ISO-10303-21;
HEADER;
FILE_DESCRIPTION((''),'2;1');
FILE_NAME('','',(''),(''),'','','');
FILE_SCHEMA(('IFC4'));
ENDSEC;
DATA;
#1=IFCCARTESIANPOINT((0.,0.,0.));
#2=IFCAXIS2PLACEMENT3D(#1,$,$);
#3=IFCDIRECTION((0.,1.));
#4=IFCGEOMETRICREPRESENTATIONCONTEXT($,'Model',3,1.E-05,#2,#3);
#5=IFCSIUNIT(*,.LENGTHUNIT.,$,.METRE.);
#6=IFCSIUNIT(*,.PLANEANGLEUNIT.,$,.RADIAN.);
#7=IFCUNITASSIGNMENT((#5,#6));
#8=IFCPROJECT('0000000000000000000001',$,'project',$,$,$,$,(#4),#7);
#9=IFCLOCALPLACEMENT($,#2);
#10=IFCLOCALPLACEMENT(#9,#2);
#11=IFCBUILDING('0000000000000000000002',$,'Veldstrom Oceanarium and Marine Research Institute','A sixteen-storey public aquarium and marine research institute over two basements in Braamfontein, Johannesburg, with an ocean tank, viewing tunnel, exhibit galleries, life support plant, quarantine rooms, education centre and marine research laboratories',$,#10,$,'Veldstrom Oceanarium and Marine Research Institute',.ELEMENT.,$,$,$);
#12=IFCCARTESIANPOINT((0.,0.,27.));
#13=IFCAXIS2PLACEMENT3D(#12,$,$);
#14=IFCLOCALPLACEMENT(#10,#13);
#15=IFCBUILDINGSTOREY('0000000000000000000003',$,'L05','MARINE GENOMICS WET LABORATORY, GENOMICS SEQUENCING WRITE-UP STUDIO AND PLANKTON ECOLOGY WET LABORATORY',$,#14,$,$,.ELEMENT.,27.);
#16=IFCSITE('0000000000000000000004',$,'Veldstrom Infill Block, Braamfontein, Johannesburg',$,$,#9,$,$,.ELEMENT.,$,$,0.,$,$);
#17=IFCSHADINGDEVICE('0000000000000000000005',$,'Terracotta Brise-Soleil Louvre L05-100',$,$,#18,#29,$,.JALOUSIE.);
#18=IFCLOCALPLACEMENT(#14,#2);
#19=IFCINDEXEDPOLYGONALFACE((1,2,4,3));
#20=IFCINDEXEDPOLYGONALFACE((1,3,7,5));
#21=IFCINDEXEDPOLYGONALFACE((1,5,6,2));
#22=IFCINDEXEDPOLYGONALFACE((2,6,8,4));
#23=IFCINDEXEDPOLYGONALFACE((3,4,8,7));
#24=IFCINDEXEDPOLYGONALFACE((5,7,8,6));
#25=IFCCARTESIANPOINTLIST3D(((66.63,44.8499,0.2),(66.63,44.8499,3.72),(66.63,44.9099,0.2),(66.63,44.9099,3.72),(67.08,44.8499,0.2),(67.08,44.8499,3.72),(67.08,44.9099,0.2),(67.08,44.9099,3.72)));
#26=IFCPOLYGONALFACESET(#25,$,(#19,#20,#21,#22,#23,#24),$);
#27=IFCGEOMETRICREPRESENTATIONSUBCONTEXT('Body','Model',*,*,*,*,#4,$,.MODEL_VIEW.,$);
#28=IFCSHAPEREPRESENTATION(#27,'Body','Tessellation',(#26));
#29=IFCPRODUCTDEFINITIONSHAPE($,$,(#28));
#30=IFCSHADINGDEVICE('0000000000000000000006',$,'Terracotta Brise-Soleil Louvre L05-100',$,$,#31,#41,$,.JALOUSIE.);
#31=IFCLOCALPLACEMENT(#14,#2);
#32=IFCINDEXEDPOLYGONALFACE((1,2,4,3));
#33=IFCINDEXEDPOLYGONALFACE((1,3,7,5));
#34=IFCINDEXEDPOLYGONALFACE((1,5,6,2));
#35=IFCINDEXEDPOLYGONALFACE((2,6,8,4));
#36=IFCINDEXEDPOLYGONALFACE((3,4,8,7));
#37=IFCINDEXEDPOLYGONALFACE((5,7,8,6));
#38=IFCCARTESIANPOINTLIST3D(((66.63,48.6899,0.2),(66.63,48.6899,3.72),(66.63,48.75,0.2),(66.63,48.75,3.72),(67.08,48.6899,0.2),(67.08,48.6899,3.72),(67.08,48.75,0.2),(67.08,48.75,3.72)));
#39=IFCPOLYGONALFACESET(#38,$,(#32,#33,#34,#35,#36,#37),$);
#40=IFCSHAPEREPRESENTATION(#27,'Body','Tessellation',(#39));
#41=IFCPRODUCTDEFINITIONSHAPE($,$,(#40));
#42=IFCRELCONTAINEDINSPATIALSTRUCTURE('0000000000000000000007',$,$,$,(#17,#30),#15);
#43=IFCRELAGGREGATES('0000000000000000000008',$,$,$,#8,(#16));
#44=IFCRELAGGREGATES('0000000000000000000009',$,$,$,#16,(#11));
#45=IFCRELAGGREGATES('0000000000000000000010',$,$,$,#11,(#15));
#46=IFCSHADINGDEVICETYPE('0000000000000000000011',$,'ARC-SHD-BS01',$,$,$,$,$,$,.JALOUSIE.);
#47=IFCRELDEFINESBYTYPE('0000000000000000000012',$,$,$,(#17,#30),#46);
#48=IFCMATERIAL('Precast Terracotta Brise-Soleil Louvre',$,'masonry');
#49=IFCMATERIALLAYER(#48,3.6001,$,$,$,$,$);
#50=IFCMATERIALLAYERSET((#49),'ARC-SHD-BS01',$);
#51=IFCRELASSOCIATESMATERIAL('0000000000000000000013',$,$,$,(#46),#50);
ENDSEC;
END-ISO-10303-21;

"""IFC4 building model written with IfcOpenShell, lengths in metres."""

from ifc_helpers import new_model, si_unit, direction, frame, origin, origin_2d, place, context, subcontext, project, spatial, rectangle, extrude, material, layer, layer_set, type_object, element, save


model = new_model("IFC4")

# Units and contexts
model_context = context("Model", 3, precision=1e-05, world=origin(), true_north=direction((0.0, 1.0)))
body_context = subcontext(model_context, "Body", "Model", "MODEL_VIEW")
ifc_project = project(units=[si_unit("LENGTHUNIT", "METRE"), si_unit("PLANEANGLEUNIT", "RADIAN")], contexts=[model_context])

# Site, building, storey
site_placement = place(None, origin())
site = spatial("IfcSite", under=ifc_project, at=site_placement, Name="Veldstrom Infill Block, Braamfontein, Johannesburg", CompositionType="ELEMENT", RefElevation=0.0)
building_placement = place(site_placement, origin())
building = spatial("IfcBuilding", under=site, at=building_placement, Name="Veldstrom Oceanarium and Marine Research Institute", Description="A sixteen-storey public aquarium and marine research institute over two basements in Braamfontein, Johannesburg, with an ocean tank, viewing tunnel, exhibit galleries, life support plant, quarantine rooms, education centre and marine research laboratories", LongName="Veldstrom Oceanarium and Marine Research Institute", CompositionType="ELEMENT")
storey_placement = place(building_placement, frame((0.0, 0.0, 27.0)))
storey = spatial("IfcBuildingStorey", under=building, at=storey_placement, Name="L05", Description="MARINE GENOMICS WET LABORATORY, GENOMICS SEQUENCING WRITE-UP STUDIO AND PLANKTON ECOLOGY WET LABORATORY", CompositionType="ELEMENT", Elevation=27.0)

# Shading devices
ifc_material_1 = material(Name="Precast Terracotta Brise-Soleil Louvre", Category="masonry")
ifc_layer_1 = layer(ifc_material_1, 3.6001)
ifc_layer_set_1 = layer_set([ifc_layer_1], Name="ARC-SHD-BS01")
shading_device_type = type_object("IfcShadingDeviceType", Name="ARC-SHD-BS01", PredefinedType="JALOUSIE", material=ifc_layer_set_1)
for number, where, z_axis, x_axis, name in (
    (1, (66.855, 44.8799, 0.2), (0.0, 0.0, 1.0), (1.0, 0.0, 0.0), "Terracotta Brise-Soleil Louvre L05-100"),
    (2, (66.855, 48.72, 0.2), (0.0, 0.0, 1.0), (1.0, 0.0, 0.0), "Terracotta Brise-Soleil Louvre L05-100"),
):
    element("IfcShadingDevice", number, at=place(storey_placement, frame(where, z_axis=z_axis, x_axis=x_axis)), inside=storey, type_object=shading_device_type, Name=name, PredefinedType="JALOUSIE", context=body_context, shape_type="SweptSolid", body=[
        extrude(rectangle(XDim=0.45, YDim=0.0601, at=origin_2d()), origin(), (0.0, 0.0, 1.0), 3.52),
    ])

save(model, "model.ifc")
